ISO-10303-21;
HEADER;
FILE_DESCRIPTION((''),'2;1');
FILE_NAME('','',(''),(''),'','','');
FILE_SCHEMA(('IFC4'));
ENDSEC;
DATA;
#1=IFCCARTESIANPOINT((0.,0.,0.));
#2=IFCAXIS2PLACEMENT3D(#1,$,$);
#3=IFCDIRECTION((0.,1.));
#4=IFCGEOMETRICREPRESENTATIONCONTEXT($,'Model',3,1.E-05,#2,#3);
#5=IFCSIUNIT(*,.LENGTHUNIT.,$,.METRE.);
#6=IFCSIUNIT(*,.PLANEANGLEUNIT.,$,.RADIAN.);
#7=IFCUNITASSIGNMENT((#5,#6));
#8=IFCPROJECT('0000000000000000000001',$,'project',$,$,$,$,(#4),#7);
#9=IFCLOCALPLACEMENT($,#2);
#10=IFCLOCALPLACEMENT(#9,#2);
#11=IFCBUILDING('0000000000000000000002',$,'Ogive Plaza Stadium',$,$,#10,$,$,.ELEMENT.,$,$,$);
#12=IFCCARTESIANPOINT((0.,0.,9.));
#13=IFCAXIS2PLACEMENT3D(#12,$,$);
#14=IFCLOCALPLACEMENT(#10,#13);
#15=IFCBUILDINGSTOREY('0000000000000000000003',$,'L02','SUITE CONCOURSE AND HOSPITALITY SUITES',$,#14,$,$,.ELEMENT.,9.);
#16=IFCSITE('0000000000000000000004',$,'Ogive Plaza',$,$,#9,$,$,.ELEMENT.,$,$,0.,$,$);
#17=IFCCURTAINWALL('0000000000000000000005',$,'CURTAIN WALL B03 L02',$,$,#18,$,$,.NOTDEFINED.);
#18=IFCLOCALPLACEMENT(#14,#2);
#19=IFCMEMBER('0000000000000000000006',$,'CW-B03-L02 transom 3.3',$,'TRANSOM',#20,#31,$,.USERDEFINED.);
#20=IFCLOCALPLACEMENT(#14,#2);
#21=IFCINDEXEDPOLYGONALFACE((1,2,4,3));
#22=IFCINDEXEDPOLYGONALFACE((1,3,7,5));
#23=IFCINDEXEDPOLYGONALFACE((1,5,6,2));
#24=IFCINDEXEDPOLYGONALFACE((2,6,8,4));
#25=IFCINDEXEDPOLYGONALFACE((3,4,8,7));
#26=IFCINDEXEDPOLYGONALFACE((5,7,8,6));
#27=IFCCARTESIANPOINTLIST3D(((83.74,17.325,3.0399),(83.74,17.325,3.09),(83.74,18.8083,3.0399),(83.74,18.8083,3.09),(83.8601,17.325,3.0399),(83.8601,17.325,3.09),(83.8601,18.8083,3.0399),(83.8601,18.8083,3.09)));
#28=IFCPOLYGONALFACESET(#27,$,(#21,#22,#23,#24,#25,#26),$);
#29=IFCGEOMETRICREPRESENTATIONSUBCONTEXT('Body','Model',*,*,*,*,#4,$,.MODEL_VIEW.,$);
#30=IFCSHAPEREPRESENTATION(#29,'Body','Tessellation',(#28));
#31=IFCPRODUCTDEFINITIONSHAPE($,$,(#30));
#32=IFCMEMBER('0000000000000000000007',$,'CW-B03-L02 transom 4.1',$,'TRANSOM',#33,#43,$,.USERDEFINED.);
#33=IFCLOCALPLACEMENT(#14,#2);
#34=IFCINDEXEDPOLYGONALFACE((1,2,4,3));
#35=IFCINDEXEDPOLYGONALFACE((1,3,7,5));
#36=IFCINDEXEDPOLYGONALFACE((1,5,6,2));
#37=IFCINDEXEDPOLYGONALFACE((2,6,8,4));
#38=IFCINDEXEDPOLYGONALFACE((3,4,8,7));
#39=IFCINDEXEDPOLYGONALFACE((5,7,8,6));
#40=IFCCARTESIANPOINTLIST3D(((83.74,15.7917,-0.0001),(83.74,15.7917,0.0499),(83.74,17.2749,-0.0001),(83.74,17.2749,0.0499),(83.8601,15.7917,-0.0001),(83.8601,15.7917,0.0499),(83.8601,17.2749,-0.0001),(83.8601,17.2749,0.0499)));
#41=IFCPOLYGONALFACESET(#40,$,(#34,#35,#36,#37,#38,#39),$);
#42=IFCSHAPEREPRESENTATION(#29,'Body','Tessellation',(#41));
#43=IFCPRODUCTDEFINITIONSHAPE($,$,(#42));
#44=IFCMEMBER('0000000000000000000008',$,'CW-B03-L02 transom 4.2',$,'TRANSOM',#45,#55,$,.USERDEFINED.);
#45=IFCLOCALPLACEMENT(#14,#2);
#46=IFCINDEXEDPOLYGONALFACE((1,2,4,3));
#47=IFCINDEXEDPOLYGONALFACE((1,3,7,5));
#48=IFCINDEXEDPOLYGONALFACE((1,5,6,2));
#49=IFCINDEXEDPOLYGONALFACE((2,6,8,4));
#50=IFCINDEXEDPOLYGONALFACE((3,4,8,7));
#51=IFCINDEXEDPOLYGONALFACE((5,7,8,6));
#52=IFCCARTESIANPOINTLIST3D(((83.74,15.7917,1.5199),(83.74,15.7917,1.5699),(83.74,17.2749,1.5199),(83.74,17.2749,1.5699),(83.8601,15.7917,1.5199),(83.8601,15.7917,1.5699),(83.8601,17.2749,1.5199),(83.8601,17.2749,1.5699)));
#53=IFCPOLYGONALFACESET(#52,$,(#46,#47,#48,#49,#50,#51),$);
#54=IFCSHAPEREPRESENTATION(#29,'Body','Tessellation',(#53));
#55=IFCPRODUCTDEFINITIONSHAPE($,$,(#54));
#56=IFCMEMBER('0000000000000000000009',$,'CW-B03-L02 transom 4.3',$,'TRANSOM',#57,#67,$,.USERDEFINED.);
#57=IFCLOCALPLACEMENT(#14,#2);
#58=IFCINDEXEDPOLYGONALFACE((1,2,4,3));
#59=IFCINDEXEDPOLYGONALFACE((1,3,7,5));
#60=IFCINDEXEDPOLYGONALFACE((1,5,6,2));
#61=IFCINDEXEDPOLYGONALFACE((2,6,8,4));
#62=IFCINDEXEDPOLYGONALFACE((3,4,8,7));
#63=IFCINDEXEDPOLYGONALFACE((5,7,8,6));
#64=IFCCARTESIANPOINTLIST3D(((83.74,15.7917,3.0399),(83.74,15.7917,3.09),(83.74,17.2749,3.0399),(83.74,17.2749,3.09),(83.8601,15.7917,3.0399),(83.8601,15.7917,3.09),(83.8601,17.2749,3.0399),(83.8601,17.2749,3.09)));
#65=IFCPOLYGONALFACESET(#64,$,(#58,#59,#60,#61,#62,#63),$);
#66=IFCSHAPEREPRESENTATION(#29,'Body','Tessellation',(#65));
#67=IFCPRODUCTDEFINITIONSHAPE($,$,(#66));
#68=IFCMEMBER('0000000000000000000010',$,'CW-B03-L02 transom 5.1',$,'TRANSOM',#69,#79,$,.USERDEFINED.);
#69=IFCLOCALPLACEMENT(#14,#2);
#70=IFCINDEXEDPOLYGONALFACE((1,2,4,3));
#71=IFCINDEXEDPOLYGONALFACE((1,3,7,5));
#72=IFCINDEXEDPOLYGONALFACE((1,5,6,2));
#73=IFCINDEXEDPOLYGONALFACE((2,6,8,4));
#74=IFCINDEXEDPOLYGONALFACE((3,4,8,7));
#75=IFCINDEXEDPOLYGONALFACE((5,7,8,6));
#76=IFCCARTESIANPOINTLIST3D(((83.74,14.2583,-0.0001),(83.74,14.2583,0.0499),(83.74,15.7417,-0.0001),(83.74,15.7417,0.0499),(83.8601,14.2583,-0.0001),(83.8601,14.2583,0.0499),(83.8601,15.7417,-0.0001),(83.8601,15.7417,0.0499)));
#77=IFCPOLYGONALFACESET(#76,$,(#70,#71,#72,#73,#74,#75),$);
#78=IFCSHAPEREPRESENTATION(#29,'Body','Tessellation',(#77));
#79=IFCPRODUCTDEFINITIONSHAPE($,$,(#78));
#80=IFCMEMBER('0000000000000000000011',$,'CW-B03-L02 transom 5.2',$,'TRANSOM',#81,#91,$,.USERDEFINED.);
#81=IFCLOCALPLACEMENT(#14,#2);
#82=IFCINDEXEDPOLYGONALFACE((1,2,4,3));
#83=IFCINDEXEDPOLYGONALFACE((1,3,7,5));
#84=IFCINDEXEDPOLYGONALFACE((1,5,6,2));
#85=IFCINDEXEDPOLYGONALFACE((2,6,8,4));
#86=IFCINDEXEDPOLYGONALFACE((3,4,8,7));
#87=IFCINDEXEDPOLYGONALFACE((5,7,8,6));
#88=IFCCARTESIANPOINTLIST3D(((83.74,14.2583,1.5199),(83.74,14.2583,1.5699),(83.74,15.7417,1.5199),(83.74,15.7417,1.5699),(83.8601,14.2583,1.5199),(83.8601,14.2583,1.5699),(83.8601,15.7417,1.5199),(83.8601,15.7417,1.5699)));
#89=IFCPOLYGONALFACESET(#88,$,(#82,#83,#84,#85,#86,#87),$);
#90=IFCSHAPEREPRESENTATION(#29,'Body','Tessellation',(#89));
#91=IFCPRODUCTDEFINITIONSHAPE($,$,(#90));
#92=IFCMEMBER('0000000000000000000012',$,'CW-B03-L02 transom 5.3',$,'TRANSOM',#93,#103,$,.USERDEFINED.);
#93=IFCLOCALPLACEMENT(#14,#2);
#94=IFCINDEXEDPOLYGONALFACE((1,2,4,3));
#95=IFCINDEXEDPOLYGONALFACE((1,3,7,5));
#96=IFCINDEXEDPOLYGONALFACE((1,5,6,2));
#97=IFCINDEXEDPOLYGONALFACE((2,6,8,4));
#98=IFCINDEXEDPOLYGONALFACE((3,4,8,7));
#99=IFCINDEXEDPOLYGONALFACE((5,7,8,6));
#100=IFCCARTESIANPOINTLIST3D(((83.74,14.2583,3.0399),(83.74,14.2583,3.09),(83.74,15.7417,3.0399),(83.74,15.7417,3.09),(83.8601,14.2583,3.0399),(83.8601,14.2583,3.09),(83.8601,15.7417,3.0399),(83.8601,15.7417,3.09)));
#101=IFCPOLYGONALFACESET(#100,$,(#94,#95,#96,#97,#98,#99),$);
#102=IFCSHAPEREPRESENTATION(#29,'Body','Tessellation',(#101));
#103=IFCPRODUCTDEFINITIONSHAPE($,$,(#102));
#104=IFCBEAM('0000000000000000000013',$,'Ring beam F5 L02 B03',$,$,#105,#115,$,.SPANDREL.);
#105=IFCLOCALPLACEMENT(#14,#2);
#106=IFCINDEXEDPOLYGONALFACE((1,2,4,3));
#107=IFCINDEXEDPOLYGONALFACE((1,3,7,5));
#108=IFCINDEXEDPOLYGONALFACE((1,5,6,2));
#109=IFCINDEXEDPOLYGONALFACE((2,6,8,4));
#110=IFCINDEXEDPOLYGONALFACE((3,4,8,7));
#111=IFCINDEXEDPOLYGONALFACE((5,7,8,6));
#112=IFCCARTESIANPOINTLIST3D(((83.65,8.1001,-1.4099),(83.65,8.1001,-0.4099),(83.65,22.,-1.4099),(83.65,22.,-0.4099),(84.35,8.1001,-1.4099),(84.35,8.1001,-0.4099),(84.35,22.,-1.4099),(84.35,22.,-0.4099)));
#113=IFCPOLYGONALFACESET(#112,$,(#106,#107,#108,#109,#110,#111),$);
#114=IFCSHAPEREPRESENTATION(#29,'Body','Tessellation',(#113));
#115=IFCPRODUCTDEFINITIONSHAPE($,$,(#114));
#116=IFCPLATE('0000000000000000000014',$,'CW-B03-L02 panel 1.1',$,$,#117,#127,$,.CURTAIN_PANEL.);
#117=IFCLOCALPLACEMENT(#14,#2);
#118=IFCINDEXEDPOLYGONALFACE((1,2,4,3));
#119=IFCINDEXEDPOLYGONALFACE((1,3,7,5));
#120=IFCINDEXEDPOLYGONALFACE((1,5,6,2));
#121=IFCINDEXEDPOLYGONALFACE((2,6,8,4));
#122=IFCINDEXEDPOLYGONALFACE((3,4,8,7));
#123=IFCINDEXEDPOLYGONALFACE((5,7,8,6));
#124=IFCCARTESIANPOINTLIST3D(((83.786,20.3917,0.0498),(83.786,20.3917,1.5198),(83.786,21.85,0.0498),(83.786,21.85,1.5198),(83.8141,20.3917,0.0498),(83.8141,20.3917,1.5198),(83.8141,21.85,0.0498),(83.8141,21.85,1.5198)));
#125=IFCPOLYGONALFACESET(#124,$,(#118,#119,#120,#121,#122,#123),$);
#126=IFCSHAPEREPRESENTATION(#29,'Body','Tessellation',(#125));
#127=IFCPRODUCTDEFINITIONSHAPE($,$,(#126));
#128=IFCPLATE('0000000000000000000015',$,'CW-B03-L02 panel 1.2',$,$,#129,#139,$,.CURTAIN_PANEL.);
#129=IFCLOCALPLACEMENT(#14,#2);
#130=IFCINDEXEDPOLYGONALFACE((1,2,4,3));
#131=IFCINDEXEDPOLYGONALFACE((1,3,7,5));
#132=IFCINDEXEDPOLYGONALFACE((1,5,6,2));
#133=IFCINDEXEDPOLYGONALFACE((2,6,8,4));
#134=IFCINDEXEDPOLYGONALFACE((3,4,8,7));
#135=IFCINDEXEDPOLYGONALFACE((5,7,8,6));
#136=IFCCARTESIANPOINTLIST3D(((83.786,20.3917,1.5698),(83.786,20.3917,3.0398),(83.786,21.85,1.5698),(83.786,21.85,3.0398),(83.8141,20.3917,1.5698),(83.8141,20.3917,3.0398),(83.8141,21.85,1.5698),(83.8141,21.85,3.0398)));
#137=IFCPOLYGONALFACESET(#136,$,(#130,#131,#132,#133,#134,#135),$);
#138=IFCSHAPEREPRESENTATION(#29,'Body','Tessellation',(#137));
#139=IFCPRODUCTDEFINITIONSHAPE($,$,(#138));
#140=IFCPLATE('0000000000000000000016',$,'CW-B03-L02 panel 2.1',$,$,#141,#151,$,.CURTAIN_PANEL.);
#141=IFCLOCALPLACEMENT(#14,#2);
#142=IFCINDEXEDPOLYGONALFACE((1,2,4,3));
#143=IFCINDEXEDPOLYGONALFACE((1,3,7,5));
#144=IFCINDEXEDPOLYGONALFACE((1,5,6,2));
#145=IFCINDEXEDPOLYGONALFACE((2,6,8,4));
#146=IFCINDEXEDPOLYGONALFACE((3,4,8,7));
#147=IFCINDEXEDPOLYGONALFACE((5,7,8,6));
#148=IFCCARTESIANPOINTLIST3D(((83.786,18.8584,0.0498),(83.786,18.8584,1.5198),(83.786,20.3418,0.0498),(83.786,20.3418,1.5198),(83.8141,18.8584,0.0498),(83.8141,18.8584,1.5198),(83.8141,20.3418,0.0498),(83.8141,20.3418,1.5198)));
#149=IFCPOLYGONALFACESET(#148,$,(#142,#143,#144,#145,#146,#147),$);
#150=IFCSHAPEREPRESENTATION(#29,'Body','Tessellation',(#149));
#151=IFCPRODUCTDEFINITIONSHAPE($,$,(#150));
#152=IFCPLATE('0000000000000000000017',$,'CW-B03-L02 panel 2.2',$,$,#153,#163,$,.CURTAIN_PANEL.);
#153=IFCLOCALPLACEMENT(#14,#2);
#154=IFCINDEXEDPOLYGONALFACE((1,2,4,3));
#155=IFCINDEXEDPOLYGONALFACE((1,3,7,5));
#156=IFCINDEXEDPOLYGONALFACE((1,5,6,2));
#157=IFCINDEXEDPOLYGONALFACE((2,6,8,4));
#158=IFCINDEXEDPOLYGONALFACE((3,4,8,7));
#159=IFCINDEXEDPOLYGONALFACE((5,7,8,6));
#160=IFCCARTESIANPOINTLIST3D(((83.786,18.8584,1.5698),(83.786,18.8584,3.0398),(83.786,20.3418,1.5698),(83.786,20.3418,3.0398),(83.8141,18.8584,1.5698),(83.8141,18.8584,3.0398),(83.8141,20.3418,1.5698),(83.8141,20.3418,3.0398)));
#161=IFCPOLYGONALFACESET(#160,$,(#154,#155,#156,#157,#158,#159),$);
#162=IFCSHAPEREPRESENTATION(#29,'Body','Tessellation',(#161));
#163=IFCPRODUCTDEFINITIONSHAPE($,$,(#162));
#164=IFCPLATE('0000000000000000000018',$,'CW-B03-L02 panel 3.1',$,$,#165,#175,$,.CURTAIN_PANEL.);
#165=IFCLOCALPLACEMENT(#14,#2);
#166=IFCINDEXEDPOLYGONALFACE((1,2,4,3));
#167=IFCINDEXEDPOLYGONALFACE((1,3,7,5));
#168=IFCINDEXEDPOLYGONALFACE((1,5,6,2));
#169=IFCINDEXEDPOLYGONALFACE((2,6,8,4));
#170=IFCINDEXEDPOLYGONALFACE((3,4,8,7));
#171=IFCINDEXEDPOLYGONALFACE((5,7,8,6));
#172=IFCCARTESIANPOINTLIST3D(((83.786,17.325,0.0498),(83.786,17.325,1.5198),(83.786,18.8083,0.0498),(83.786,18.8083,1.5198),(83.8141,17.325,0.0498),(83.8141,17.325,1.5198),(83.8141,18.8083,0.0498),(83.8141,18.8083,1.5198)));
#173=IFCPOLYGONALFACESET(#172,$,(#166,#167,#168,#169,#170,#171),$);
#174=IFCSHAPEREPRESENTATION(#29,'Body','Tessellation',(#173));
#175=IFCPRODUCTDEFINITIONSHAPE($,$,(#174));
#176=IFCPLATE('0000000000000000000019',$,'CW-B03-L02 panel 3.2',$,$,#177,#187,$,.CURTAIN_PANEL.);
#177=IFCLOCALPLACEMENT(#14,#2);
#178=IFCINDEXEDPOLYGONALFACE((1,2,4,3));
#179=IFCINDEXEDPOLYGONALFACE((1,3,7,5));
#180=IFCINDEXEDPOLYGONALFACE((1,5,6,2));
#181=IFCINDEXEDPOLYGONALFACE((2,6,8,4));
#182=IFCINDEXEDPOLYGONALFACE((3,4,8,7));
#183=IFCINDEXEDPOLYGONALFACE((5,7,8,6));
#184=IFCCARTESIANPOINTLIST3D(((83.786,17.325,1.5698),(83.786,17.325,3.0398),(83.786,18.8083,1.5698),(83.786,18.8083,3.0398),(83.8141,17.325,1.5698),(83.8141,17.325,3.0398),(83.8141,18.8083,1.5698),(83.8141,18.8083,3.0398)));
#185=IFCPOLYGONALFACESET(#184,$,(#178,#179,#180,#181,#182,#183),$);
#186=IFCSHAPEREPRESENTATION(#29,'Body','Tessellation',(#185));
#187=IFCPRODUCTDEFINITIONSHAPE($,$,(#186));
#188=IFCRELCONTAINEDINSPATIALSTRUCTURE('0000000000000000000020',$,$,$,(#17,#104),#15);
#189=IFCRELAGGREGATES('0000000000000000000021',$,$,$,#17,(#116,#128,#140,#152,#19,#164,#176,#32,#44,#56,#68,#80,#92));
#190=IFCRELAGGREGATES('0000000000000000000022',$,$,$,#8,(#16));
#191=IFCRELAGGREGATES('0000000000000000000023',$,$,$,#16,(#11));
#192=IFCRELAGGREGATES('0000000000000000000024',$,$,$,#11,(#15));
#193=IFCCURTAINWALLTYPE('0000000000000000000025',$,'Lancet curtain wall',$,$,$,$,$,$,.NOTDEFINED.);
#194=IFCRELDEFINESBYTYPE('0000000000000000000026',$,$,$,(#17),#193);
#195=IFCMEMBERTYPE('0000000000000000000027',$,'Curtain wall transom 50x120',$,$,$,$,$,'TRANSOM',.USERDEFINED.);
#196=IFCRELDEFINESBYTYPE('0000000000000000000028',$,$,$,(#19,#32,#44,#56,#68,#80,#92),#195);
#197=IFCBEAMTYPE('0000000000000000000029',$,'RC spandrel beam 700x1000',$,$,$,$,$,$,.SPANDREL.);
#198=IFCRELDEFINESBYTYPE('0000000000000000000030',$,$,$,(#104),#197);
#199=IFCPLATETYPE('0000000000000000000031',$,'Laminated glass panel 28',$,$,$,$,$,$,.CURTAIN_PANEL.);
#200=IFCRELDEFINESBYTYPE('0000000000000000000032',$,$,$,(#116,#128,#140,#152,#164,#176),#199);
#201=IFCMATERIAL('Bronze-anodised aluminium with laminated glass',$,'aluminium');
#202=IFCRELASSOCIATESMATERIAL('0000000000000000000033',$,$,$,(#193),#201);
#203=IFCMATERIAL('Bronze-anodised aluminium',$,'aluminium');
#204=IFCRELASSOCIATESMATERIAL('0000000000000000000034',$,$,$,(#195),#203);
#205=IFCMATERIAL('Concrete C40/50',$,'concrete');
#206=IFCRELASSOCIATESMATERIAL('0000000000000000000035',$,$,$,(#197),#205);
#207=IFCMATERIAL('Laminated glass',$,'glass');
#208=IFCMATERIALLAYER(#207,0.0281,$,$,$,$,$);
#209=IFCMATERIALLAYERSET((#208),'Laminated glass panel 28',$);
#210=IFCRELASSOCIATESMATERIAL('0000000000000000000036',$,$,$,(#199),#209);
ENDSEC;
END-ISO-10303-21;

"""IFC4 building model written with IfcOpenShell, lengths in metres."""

from ifc_helpers import new_model, si_unit, direction, frame, origin, origin_2d, place, context, subcontext, project, spatial, rectangle, extrude, material, layer, layer_set, material_profile, profile_set, type_object, element, aggregate, save


model = new_model("IFC4")

# Units and contexts
model_context = context("Model", 3, precision=1e-05, world=origin(), true_north=direction((0.0, 1.0)))
body_context = subcontext(model_context, "Body", "Model", "MODEL_VIEW")
ifc_project = project(units=[si_unit("LENGTHUNIT", "METRE"), si_unit("PLANEANGLEUNIT", "RADIAN")], contexts=[model_context])

# Site, building, storey
site_placement = place(None, origin())
site = spatial("IfcSite", under=ifc_project, at=site_placement, Name="Ogive Plaza", CompositionType="ELEMENT", RefElevation=0.0)
building_placement = place(site_placement, origin())
building = spatial("IfcBuilding", under=site, at=building_placement, Name="Ogive Plaza Stadium", CompositionType="ELEMENT")
storey_placement = place(building_placement, frame((0.0, 0.0, 9.0)))
storey = spatial("IfcBuildingStorey", under=building, at=storey_placement, Name="L02", Description="SUITE CONCOURSE AND HOSPITALITY SUITES", CompositionType="ELEMENT", Elevation=9.0)

# Curtain wall, members
ifc_material_1 = material(Name="Bronze-anodised aluminium with laminated glass", Category="aluminium")
curtain_wall_type = type_object("IfcCurtainWallType", Name="Lancet curtain wall", PredefinedType="NOTDEFINED", material=ifc_material_1)
curtain_wall_placement = place(storey_placement, origin())
curtain_wall = element("IfcCurtainWall", 1, at=curtain_wall_placement, inside=storey, type_object=curtain_wall_type, Name="CURTAIN WALL B03 L02", PredefinedType="NOTDEFINED")
ifc_material_2 = material(Name="Bronze-anodised aluminium", Category="aluminium")
ifc_material_profile_1 = material_profile(ifc_material_2, rectangle(XDim=0.1201, YDim=0.05, at=origin_2d()), Name="AL 120x50")
ifc_profile_set_1 = profile_set([ifc_material_profile_1], Name="Bronze-anodised aluminium")
member_type_1 = type_object("IfcMemberType", Name="Curtain wall transom 50x120", ElementType="TRANSOM", PredefinedType="USERDEFINED", material=ifc_profile_set_1)
member_1_placement = place(storey_placement, frame((83.8, 18.8083, 3.0649), z_axis=(0.0, -1.0, 0.0), x_axis=(1.0, 0.0, 0.0)))
member_1 = element("IfcMember", 2, at=member_1_placement, type_object=member_type_1, Name="CW-B03-L02 transom 3.3", ObjectType="TRANSOM", PredefinedType="USERDEFINED", context=body_context, shape_type="SweptSolid", body=[
    extrude(rectangle(XDim=0.1201, YDim=0.05, at=origin_2d()), origin(), (0.0, 0.0, 1.0), 1.4834),
])
member_2_placement = place(storey_placement, frame((83.8, 17.2749, 0.0249), z_axis=(0.0, -1.0, 0.0), x_axis=(1.0, 0.0, 0.0)))
member_2 = element("IfcMember", 3, at=member_2_placement, type_object=member_type_1, Name="CW-B03-L02 transom 4.1", ObjectType="TRANSOM", PredefinedType="USERDEFINED", context=body_context, shape_type="SweptSolid", body=[
    extrude(rectangle(XDim=0.1201, YDim=0.05, at=origin_2d()), origin(), (0.0, 0.0, 1.0), 1.4832),
])
member_3_placement = place(storey_placement, frame((83.8, 17.2749, 1.5449), z_axis=(0.0, -1.0, 0.0), x_axis=(1.0, 0.0, 0.0)))
member_3 = element("IfcMember", 4, at=member_3_placement, type_object=member_type_1, Name="CW-B03-L02 transom 4.2", ObjectType="TRANSOM", PredefinedType="USERDEFINED", context=body_context, shape_type="SweptSolid", body=[
    extrude(rectangle(XDim=0.1201, YDim=0.05, at=origin_2d()), origin(), (0.0, 0.0, 1.0), 1.4832),
])
member_4_placement = place(storey_placement, frame((83.8, 17.2749, 3.0649), z_axis=(0.0, -1.0, 0.0), x_axis=(1.0, 0.0, 0.0)))
member_4 = element("IfcMember", 5, at=member_4_placement, type_object=member_type_1, Name="CW-B03-L02 transom 4.3", ObjectType="TRANSOM", PredefinedType="USERDEFINED", context=body_context, shape_type="SweptSolid", body=[
    extrude(rectangle(XDim=0.1201, YDim=0.05, at=origin_2d()), origin(), (0.0, 0.0, 1.0), 1.4832),
])
member_5_placement = place(storey_placement, frame((83.8, 15.7417, 0.0249), z_axis=(0.0, -1.0, 0.0), x_axis=(1.0, 0.0, 0.0)))
member_5 = element("IfcMember", 6, at=member_5_placement, type_object=member_type_1, Name="CW-B03-L02 transom 5.1", ObjectType="TRANSOM", PredefinedType="USERDEFINED", context=body_context, shape_type="SweptSolid", body=[
    extrude(rectangle(XDim=0.1201, YDim=0.05, at=origin_2d()), origin(), (0.0, 0.0, 1.0), 1.4834),
])
member_6_placement = place(storey_placement, frame((83.8, 15.7417, 1.5449), z_axis=(0.0, -1.0, 0.0), x_axis=(1.0, 0.0, 0.0)))
member_6 = element("IfcMember", 7, at=member_6_placement, type_object=member_type_1, Name="CW-B03-L02 transom 5.2", ObjectType="TRANSOM", PredefinedType="USERDEFINED", context=body_context, shape_type="SweptSolid", body=[
    extrude(rectangle(XDim=0.1201, YDim=0.05, at=origin_2d()), origin(), (0.0, 0.0, 1.0), 1.4834),
])
member_7_placement = place(storey_placement, frame((83.8, 15.7417, 3.0649), z_axis=(0.0, -1.0, 0.0), x_axis=(1.0, 0.0, 0.0)))
member_7 = element("IfcMember", 8, at=member_7_placement, type_object=member_type_1, Name="CW-B03-L02 transom 5.3", ObjectType="TRANSOM", PredefinedType="USERDEFINED", context=body_context, shape_type="SweptSolid", body=[
    extrude(rectangle(XDim=0.1201, YDim=0.05, at=origin_2d()), origin(), (0.0, 0.0, 1.0), 1.4834),
])

# Beam
ifc_material_3 = material(Name="Concrete C40/50", Category="concrete")
ifc_material_profile_2 = material_profile(ifc_material_3, rectangle(XDim=0.7, YDim=1.0, at=origin_2d()), Name="RC 700x1000")
ifc_profile_set_2 = profile_set([ifc_material_profile_2], Name="Concrete C40/50")
beam_type = type_object("IfcBeamType", Name="RC spandrel beam 700x1000", PredefinedType="SPANDREL", material=ifc_profile_set_2)
beam_placement = place(storey_placement, frame((84.0, 22.0, -0.9099), z_axis=(0.0, -1.0, 0.0), x_axis=(1.0, 0.0, 0.0)))
element("IfcBeam", 9, at=beam_placement, inside=storey, type_object=beam_type, Name="Ring beam F5 L02 B03", PredefinedType="SPANDREL", context=body_context, shape_type="SweptSolid", body=[
    extrude(rectangle(XDim=0.7, YDim=1.0, at=origin_2d()), origin(), (0.0, 0.0, 1.0), 13.8999),
])

# Plates
ifc_material_4 = material(Name="Laminated glass", Category="glass")
ifc_layer = layer(ifc_material_4, 0.0281)
ifc_layer_set = layer_set([ifc_layer], Name="Laminated glass panel 28")
plate_type = type_object("IfcPlateType", Name="Laminated glass panel 28", PredefinedType="CURTAIN_PANEL", material=ifc_layer_set)
plate_1_placement = place(storey_placement, frame((83.8, 21.1208, 0.0498), z_axis=(0.0, 0.0, 1.0), x_axis=(0.0, -1.0, 0.0)))
plate_1 = element("IfcPlate", 10, at=plate_1_placement, type_object=plate_type, Name="CW-B03-L02 panel 1.1", PredefinedType="CURTAIN_PANEL", context=body_context, shape_type="SweptSolid", body=[
    extrude(rectangle(XDim=1.4583, YDim=0.0281, at=origin_2d()), origin(), (0.0, 0.0, 1.0), 1.47),
])
plate_2_placement = place(storey_placement, frame((83.8, 21.1208, 1.5698), z_axis=(0.0, 0.0, 1.0), x_axis=(0.0, -1.0, 0.0)))
plate_2 = element("IfcPlate", 11, at=plate_2_placement, type_object=plate_type, Name="CW-B03-L02 panel 1.2", PredefinedType="CURTAIN_PANEL", context=body_context, shape_type="SweptSolid", body=[
    extrude(rectangle(XDim=1.4583, YDim=0.0281, at=origin_2d()), origin(), (0.0, 0.0, 1.0), 1.47),
])
plate_3_placement = place(storey_placement, frame((83.8, 19.6001, 0.0498), z_axis=(0.0, 0.0, 1.0), x_axis=(0.0, -1.0, 0.0)))
plate_3 = element("IfcPlate", 12, at=plate_3_placement, type_object=plate_type, Name="CW-B03-L02 panel 2.1", PredefinedType="CURTAIN_PANEL", context=body_context, shape_type="SweptSolid", body=[
    extrude(rectangle(XDim=1.4834, YDim=0.0281, at=origin_2d()), origin(), (0.0, 0.0, 1.0), 1.47),
])
plate_4_placement = place(storey_placement, frame((83.8, 19.6001, 1.5698), z_axis=(0.0, 0.0, 1.0), x_axis=(0.0, -1.0, 0.0)))
plate_4 = element("IfcPlate", 13, at=plate_4_placement, type_object=plate_type, Name="CW-B03-L02 panel 2.2", PredefinedType="CURTAIN_PANEL", context=body_context, shape_type="SweptSolid", body=[
    extrude(rectangle(XDim=1.4834, YDim=0.0281, at=origin_2d()), origin(), (0.0, 0.0, 1.0), 1.47),
])
plate_5_placement = place(storey_placement, frame((83.8, 18.0667, 0.0498), z_axis=(0.0, 0.0, 1.0), x_axis=(0.0, -1.0, 0.0)))
plate_5 = element("IfcPlate", 14, at=plate_5_placement, type_object=plate_type, Name="CW-B03-L02 panel 3.1", PredefinedType="CURTAIN_PANEL", context=body_context, shape_type="SweptSolid", body=[
    extrude(rectangle(XDim=1.4834, YDim=0.0281, at=origin_2d()), origin(), (0.0, 0.0, 1.0), 1.47),
])
plate_6_placement = place(storey_placement, frame((83.8, 18.0667, 1.5698), z_axis=(0.0, 0.0, 1.0), x_axis=(0.0, -1.0, 0.0)))
plate_6 = element("IfcPlate", 15, at=plate_6_placement, type_object=plate_type, Name="CW-B03-L02 panel 3.2", PredefinedType="CURTAIN_PANEL", context=body_context, shape_type="SweptSolid", body=[
    extrude(rectangle(XDim=1.4834, YDim=0.0281, at=origin_2d()), origin(), (0.0, 0.0, 1.0), 1.47),
])
aggregate(curtain_wall, [plate_1, plate_2, plate_3, plate_4, member_1, plate_5, plate_6, member_2, member_3, member_4, member_5, member_6, member_7])

save(model, "model.ifc")
